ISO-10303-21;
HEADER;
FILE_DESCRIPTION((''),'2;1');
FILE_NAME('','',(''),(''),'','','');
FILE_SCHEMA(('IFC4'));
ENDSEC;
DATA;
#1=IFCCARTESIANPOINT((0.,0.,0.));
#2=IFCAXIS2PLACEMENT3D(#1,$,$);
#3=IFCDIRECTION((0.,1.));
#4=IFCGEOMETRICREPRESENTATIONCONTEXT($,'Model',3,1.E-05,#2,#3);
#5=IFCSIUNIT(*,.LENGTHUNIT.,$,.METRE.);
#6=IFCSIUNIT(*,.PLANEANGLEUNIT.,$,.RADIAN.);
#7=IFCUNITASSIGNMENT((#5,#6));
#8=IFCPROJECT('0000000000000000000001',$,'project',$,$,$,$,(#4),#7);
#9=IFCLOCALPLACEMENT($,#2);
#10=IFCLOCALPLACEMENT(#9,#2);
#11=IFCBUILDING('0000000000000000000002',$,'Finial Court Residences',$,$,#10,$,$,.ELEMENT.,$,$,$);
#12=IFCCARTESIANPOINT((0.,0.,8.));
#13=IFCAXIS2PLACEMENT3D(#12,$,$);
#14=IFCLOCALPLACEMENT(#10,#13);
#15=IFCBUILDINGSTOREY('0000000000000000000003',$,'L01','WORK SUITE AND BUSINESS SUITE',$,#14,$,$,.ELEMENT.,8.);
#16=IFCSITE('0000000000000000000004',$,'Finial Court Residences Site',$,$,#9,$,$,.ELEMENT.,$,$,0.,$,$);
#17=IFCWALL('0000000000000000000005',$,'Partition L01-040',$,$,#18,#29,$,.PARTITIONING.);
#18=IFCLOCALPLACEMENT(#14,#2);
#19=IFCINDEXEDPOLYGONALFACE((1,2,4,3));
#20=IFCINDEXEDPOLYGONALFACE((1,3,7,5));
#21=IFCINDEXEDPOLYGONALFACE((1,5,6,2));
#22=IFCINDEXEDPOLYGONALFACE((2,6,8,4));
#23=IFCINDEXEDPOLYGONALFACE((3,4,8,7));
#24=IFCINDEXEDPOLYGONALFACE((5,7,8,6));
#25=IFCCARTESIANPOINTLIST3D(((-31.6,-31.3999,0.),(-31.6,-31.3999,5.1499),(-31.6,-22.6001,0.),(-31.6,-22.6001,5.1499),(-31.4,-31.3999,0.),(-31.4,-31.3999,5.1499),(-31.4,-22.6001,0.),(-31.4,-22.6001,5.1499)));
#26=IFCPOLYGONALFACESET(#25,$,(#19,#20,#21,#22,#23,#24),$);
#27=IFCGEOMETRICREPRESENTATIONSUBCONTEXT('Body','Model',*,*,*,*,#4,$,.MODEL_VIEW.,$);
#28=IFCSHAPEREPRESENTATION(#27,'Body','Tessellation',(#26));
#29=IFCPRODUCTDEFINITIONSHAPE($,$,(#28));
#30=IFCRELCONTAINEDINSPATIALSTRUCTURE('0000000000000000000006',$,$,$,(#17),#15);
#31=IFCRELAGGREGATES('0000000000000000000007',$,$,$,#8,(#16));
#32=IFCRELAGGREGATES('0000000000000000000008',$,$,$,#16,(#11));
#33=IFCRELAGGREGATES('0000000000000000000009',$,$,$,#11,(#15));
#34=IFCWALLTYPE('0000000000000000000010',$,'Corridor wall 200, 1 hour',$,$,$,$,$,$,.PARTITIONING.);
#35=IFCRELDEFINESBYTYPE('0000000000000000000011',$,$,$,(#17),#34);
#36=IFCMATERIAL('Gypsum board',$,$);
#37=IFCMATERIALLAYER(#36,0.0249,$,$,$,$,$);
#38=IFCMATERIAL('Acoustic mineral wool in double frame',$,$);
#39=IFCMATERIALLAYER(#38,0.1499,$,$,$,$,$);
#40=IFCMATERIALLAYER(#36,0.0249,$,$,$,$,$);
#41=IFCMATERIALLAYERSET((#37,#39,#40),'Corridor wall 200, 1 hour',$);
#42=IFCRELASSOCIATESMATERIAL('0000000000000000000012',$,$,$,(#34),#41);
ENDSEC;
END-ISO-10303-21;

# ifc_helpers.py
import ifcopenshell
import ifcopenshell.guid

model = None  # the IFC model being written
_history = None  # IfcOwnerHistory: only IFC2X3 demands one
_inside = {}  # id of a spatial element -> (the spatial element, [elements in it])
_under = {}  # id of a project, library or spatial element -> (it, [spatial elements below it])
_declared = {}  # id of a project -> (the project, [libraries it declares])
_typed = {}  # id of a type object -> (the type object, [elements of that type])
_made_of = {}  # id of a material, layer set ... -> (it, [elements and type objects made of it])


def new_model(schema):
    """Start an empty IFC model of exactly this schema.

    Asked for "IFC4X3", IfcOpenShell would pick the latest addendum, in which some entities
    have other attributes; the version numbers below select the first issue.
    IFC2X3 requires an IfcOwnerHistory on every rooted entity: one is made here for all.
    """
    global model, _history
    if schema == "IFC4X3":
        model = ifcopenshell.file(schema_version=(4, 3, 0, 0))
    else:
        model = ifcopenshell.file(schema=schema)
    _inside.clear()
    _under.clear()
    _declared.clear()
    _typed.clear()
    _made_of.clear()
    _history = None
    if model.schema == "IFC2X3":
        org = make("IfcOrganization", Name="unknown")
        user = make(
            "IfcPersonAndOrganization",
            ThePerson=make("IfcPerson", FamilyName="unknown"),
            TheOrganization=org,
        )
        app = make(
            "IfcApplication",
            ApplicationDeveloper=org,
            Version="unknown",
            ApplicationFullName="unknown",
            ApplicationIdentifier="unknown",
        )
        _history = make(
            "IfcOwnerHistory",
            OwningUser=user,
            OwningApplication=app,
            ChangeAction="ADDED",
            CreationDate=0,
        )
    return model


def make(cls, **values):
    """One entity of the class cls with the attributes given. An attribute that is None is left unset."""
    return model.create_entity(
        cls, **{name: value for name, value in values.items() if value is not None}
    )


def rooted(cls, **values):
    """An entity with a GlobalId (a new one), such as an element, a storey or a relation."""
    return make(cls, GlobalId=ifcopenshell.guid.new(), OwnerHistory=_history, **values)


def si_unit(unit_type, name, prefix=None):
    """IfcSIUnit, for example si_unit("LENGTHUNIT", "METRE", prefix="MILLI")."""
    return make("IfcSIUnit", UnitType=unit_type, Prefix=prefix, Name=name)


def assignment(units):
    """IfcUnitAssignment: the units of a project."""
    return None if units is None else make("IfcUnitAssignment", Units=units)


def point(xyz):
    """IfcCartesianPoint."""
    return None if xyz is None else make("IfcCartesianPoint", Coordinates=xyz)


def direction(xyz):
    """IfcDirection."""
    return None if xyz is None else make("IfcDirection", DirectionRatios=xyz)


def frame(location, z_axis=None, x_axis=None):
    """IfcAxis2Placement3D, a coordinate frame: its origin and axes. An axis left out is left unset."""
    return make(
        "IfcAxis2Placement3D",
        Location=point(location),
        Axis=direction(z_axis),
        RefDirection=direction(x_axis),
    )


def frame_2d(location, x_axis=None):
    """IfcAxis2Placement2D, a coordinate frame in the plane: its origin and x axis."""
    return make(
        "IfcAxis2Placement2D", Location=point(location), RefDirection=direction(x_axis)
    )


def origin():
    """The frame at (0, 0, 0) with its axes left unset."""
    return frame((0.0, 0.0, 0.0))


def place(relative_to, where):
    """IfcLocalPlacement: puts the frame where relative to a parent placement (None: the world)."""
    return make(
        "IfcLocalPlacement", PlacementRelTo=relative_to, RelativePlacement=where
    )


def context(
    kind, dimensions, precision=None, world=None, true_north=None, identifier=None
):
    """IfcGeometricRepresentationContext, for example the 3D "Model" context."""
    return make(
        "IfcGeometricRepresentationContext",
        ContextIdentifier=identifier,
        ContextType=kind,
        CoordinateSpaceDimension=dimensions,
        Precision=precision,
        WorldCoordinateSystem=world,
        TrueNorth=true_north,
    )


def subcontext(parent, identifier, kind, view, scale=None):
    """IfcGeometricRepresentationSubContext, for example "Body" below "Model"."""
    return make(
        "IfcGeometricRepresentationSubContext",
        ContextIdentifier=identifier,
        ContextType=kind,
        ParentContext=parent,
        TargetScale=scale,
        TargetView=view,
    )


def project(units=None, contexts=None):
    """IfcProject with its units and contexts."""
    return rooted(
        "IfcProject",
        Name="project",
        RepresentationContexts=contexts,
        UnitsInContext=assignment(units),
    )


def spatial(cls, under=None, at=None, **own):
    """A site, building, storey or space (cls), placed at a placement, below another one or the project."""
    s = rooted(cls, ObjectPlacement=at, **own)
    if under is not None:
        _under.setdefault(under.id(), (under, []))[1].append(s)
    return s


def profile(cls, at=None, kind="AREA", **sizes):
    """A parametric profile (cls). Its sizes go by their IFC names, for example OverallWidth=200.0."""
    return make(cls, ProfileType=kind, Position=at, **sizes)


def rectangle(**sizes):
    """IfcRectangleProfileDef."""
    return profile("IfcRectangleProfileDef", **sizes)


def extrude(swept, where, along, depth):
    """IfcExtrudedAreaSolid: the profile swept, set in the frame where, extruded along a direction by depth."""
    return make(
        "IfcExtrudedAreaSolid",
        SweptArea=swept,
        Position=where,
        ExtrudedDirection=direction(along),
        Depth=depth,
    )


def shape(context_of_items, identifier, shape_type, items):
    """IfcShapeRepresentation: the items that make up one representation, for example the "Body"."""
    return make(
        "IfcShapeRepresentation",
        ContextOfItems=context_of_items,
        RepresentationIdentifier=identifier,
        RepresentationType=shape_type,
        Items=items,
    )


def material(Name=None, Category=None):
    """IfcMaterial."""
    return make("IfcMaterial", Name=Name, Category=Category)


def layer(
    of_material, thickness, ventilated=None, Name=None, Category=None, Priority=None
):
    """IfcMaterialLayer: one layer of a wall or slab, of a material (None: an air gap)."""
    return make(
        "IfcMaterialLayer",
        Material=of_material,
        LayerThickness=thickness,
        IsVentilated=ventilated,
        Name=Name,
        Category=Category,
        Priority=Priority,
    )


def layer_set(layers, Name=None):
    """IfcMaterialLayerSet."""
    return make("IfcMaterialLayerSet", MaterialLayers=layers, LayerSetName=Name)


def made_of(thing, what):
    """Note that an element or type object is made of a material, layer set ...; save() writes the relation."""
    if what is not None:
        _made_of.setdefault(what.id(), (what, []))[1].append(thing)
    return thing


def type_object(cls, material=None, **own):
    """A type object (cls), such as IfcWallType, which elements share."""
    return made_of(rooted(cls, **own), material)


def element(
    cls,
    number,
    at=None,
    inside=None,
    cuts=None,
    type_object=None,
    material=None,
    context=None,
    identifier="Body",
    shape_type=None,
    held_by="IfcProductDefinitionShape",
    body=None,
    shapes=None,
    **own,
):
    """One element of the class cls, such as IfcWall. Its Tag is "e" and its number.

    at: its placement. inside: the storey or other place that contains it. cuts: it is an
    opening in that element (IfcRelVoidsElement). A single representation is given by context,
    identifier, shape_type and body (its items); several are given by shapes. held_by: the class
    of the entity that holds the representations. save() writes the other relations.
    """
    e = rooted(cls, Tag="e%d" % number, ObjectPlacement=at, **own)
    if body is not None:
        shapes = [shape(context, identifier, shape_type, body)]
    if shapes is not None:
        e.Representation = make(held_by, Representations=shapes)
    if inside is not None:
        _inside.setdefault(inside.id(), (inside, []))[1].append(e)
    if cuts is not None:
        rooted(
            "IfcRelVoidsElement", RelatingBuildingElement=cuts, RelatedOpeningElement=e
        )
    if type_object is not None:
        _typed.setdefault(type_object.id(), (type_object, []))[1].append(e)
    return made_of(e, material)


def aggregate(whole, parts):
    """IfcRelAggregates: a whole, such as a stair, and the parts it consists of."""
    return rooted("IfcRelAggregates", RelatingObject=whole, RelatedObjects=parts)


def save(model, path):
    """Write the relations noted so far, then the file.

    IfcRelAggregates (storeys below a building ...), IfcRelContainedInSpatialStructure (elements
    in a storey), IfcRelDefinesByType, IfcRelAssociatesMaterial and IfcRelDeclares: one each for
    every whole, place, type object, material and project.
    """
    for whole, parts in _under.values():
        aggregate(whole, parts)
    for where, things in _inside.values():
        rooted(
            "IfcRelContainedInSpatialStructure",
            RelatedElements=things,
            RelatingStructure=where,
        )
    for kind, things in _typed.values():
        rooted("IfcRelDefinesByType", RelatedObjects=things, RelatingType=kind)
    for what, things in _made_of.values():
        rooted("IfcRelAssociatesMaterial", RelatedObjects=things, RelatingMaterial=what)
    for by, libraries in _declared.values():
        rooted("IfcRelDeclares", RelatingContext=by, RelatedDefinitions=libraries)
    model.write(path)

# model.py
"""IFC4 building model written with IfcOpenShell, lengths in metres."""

from ifc_helpers import new_model, si_unit, direction, frame, frame_2d, origin, place, context, subcontext, project, spatial, rectangle, extrude, material, layer, layer_set, type_object, element, save


model = new_model("IFC4")

# Units and contexts
model_context = context("Model", 3, precision=1e-05, world=origin(), true_north=direction((0.0, 1.0)))
body_context = subcontext(model_context, "Body", "Model", "MODEL_VIEW")
ifc_project = project(units=[si_unit("LENGTHUNIT", "METRE"), si_unit("PLANEANGLEUNIT", "RADIAN")], contexts=[model_context])

# Site, building, storey
site_placement = place(None, origin())
site = spatial("IfcSite", under=ifc_project, at=site_placement, Name="Finial Court Residences Site", CompositionType="ELEMENT", RefElevation=0.0)
building_placement = place(site_placement, origin())
building = spatial("IfcBuilding", under=site, at=building_placement, Name="Finial Court Residences", CompositionType="ELEMENT")
storey_placement = place(building_placement, frame((0.0, 0.0, 8.0)))
storey = spatial("IfcBuildingStorey", under=building, at=storey_placement, Name="L01", Description="WORK SUITE AND BUSINESS SUITE", CompositionType="ELEMENT", Elevation=8.0)

# Wall
ifc_material_1 = material(Name="Gypsum board")
ifc_layer_1 = layer(ifc_material_1, 0.0249)
ifc_material_2 = material(Name="Acoustic mineral wool in double frame")
ifc_layer_2 = layer(ifc_material_2, 0.1499)
ifc_layer_3 = layer(ifc_material_1, 0.0249)
ifc_layer_set_1 = layer_set([ifc_layer_1, ifc_layer_2, ifc_layer_3], Name="Corridor wall 200, 1 hour")
wall_type = type_object("IfcWallType", Name="Corridor wall 200, 1 hour", PredefinedType="PARTITIONING", material=ifc_layer_set_1)
wall_1_placement = place(storey_placement, frame((-31.5, -31.3999, 0.0), z_axis=(0.0, 0.0, 1.0), x_axis=(0.0, 1.0, 0.0)))
element("IfcWall", 1, at=wall_1_placement, inside=storey, type_object=wall_type, Name="Partition L01-040", PredefinedType="PARTITIONING", context=body_context, shape_type="SweptSolid", body=[
    extrude(rectangle(XDim=8.7998, YDim=0.2, at=frame_2d((4.3999, 0.0))), origin(), (0.0, 0.0, 1.0), 5.1499),
])

save(model, "model.ifc")
